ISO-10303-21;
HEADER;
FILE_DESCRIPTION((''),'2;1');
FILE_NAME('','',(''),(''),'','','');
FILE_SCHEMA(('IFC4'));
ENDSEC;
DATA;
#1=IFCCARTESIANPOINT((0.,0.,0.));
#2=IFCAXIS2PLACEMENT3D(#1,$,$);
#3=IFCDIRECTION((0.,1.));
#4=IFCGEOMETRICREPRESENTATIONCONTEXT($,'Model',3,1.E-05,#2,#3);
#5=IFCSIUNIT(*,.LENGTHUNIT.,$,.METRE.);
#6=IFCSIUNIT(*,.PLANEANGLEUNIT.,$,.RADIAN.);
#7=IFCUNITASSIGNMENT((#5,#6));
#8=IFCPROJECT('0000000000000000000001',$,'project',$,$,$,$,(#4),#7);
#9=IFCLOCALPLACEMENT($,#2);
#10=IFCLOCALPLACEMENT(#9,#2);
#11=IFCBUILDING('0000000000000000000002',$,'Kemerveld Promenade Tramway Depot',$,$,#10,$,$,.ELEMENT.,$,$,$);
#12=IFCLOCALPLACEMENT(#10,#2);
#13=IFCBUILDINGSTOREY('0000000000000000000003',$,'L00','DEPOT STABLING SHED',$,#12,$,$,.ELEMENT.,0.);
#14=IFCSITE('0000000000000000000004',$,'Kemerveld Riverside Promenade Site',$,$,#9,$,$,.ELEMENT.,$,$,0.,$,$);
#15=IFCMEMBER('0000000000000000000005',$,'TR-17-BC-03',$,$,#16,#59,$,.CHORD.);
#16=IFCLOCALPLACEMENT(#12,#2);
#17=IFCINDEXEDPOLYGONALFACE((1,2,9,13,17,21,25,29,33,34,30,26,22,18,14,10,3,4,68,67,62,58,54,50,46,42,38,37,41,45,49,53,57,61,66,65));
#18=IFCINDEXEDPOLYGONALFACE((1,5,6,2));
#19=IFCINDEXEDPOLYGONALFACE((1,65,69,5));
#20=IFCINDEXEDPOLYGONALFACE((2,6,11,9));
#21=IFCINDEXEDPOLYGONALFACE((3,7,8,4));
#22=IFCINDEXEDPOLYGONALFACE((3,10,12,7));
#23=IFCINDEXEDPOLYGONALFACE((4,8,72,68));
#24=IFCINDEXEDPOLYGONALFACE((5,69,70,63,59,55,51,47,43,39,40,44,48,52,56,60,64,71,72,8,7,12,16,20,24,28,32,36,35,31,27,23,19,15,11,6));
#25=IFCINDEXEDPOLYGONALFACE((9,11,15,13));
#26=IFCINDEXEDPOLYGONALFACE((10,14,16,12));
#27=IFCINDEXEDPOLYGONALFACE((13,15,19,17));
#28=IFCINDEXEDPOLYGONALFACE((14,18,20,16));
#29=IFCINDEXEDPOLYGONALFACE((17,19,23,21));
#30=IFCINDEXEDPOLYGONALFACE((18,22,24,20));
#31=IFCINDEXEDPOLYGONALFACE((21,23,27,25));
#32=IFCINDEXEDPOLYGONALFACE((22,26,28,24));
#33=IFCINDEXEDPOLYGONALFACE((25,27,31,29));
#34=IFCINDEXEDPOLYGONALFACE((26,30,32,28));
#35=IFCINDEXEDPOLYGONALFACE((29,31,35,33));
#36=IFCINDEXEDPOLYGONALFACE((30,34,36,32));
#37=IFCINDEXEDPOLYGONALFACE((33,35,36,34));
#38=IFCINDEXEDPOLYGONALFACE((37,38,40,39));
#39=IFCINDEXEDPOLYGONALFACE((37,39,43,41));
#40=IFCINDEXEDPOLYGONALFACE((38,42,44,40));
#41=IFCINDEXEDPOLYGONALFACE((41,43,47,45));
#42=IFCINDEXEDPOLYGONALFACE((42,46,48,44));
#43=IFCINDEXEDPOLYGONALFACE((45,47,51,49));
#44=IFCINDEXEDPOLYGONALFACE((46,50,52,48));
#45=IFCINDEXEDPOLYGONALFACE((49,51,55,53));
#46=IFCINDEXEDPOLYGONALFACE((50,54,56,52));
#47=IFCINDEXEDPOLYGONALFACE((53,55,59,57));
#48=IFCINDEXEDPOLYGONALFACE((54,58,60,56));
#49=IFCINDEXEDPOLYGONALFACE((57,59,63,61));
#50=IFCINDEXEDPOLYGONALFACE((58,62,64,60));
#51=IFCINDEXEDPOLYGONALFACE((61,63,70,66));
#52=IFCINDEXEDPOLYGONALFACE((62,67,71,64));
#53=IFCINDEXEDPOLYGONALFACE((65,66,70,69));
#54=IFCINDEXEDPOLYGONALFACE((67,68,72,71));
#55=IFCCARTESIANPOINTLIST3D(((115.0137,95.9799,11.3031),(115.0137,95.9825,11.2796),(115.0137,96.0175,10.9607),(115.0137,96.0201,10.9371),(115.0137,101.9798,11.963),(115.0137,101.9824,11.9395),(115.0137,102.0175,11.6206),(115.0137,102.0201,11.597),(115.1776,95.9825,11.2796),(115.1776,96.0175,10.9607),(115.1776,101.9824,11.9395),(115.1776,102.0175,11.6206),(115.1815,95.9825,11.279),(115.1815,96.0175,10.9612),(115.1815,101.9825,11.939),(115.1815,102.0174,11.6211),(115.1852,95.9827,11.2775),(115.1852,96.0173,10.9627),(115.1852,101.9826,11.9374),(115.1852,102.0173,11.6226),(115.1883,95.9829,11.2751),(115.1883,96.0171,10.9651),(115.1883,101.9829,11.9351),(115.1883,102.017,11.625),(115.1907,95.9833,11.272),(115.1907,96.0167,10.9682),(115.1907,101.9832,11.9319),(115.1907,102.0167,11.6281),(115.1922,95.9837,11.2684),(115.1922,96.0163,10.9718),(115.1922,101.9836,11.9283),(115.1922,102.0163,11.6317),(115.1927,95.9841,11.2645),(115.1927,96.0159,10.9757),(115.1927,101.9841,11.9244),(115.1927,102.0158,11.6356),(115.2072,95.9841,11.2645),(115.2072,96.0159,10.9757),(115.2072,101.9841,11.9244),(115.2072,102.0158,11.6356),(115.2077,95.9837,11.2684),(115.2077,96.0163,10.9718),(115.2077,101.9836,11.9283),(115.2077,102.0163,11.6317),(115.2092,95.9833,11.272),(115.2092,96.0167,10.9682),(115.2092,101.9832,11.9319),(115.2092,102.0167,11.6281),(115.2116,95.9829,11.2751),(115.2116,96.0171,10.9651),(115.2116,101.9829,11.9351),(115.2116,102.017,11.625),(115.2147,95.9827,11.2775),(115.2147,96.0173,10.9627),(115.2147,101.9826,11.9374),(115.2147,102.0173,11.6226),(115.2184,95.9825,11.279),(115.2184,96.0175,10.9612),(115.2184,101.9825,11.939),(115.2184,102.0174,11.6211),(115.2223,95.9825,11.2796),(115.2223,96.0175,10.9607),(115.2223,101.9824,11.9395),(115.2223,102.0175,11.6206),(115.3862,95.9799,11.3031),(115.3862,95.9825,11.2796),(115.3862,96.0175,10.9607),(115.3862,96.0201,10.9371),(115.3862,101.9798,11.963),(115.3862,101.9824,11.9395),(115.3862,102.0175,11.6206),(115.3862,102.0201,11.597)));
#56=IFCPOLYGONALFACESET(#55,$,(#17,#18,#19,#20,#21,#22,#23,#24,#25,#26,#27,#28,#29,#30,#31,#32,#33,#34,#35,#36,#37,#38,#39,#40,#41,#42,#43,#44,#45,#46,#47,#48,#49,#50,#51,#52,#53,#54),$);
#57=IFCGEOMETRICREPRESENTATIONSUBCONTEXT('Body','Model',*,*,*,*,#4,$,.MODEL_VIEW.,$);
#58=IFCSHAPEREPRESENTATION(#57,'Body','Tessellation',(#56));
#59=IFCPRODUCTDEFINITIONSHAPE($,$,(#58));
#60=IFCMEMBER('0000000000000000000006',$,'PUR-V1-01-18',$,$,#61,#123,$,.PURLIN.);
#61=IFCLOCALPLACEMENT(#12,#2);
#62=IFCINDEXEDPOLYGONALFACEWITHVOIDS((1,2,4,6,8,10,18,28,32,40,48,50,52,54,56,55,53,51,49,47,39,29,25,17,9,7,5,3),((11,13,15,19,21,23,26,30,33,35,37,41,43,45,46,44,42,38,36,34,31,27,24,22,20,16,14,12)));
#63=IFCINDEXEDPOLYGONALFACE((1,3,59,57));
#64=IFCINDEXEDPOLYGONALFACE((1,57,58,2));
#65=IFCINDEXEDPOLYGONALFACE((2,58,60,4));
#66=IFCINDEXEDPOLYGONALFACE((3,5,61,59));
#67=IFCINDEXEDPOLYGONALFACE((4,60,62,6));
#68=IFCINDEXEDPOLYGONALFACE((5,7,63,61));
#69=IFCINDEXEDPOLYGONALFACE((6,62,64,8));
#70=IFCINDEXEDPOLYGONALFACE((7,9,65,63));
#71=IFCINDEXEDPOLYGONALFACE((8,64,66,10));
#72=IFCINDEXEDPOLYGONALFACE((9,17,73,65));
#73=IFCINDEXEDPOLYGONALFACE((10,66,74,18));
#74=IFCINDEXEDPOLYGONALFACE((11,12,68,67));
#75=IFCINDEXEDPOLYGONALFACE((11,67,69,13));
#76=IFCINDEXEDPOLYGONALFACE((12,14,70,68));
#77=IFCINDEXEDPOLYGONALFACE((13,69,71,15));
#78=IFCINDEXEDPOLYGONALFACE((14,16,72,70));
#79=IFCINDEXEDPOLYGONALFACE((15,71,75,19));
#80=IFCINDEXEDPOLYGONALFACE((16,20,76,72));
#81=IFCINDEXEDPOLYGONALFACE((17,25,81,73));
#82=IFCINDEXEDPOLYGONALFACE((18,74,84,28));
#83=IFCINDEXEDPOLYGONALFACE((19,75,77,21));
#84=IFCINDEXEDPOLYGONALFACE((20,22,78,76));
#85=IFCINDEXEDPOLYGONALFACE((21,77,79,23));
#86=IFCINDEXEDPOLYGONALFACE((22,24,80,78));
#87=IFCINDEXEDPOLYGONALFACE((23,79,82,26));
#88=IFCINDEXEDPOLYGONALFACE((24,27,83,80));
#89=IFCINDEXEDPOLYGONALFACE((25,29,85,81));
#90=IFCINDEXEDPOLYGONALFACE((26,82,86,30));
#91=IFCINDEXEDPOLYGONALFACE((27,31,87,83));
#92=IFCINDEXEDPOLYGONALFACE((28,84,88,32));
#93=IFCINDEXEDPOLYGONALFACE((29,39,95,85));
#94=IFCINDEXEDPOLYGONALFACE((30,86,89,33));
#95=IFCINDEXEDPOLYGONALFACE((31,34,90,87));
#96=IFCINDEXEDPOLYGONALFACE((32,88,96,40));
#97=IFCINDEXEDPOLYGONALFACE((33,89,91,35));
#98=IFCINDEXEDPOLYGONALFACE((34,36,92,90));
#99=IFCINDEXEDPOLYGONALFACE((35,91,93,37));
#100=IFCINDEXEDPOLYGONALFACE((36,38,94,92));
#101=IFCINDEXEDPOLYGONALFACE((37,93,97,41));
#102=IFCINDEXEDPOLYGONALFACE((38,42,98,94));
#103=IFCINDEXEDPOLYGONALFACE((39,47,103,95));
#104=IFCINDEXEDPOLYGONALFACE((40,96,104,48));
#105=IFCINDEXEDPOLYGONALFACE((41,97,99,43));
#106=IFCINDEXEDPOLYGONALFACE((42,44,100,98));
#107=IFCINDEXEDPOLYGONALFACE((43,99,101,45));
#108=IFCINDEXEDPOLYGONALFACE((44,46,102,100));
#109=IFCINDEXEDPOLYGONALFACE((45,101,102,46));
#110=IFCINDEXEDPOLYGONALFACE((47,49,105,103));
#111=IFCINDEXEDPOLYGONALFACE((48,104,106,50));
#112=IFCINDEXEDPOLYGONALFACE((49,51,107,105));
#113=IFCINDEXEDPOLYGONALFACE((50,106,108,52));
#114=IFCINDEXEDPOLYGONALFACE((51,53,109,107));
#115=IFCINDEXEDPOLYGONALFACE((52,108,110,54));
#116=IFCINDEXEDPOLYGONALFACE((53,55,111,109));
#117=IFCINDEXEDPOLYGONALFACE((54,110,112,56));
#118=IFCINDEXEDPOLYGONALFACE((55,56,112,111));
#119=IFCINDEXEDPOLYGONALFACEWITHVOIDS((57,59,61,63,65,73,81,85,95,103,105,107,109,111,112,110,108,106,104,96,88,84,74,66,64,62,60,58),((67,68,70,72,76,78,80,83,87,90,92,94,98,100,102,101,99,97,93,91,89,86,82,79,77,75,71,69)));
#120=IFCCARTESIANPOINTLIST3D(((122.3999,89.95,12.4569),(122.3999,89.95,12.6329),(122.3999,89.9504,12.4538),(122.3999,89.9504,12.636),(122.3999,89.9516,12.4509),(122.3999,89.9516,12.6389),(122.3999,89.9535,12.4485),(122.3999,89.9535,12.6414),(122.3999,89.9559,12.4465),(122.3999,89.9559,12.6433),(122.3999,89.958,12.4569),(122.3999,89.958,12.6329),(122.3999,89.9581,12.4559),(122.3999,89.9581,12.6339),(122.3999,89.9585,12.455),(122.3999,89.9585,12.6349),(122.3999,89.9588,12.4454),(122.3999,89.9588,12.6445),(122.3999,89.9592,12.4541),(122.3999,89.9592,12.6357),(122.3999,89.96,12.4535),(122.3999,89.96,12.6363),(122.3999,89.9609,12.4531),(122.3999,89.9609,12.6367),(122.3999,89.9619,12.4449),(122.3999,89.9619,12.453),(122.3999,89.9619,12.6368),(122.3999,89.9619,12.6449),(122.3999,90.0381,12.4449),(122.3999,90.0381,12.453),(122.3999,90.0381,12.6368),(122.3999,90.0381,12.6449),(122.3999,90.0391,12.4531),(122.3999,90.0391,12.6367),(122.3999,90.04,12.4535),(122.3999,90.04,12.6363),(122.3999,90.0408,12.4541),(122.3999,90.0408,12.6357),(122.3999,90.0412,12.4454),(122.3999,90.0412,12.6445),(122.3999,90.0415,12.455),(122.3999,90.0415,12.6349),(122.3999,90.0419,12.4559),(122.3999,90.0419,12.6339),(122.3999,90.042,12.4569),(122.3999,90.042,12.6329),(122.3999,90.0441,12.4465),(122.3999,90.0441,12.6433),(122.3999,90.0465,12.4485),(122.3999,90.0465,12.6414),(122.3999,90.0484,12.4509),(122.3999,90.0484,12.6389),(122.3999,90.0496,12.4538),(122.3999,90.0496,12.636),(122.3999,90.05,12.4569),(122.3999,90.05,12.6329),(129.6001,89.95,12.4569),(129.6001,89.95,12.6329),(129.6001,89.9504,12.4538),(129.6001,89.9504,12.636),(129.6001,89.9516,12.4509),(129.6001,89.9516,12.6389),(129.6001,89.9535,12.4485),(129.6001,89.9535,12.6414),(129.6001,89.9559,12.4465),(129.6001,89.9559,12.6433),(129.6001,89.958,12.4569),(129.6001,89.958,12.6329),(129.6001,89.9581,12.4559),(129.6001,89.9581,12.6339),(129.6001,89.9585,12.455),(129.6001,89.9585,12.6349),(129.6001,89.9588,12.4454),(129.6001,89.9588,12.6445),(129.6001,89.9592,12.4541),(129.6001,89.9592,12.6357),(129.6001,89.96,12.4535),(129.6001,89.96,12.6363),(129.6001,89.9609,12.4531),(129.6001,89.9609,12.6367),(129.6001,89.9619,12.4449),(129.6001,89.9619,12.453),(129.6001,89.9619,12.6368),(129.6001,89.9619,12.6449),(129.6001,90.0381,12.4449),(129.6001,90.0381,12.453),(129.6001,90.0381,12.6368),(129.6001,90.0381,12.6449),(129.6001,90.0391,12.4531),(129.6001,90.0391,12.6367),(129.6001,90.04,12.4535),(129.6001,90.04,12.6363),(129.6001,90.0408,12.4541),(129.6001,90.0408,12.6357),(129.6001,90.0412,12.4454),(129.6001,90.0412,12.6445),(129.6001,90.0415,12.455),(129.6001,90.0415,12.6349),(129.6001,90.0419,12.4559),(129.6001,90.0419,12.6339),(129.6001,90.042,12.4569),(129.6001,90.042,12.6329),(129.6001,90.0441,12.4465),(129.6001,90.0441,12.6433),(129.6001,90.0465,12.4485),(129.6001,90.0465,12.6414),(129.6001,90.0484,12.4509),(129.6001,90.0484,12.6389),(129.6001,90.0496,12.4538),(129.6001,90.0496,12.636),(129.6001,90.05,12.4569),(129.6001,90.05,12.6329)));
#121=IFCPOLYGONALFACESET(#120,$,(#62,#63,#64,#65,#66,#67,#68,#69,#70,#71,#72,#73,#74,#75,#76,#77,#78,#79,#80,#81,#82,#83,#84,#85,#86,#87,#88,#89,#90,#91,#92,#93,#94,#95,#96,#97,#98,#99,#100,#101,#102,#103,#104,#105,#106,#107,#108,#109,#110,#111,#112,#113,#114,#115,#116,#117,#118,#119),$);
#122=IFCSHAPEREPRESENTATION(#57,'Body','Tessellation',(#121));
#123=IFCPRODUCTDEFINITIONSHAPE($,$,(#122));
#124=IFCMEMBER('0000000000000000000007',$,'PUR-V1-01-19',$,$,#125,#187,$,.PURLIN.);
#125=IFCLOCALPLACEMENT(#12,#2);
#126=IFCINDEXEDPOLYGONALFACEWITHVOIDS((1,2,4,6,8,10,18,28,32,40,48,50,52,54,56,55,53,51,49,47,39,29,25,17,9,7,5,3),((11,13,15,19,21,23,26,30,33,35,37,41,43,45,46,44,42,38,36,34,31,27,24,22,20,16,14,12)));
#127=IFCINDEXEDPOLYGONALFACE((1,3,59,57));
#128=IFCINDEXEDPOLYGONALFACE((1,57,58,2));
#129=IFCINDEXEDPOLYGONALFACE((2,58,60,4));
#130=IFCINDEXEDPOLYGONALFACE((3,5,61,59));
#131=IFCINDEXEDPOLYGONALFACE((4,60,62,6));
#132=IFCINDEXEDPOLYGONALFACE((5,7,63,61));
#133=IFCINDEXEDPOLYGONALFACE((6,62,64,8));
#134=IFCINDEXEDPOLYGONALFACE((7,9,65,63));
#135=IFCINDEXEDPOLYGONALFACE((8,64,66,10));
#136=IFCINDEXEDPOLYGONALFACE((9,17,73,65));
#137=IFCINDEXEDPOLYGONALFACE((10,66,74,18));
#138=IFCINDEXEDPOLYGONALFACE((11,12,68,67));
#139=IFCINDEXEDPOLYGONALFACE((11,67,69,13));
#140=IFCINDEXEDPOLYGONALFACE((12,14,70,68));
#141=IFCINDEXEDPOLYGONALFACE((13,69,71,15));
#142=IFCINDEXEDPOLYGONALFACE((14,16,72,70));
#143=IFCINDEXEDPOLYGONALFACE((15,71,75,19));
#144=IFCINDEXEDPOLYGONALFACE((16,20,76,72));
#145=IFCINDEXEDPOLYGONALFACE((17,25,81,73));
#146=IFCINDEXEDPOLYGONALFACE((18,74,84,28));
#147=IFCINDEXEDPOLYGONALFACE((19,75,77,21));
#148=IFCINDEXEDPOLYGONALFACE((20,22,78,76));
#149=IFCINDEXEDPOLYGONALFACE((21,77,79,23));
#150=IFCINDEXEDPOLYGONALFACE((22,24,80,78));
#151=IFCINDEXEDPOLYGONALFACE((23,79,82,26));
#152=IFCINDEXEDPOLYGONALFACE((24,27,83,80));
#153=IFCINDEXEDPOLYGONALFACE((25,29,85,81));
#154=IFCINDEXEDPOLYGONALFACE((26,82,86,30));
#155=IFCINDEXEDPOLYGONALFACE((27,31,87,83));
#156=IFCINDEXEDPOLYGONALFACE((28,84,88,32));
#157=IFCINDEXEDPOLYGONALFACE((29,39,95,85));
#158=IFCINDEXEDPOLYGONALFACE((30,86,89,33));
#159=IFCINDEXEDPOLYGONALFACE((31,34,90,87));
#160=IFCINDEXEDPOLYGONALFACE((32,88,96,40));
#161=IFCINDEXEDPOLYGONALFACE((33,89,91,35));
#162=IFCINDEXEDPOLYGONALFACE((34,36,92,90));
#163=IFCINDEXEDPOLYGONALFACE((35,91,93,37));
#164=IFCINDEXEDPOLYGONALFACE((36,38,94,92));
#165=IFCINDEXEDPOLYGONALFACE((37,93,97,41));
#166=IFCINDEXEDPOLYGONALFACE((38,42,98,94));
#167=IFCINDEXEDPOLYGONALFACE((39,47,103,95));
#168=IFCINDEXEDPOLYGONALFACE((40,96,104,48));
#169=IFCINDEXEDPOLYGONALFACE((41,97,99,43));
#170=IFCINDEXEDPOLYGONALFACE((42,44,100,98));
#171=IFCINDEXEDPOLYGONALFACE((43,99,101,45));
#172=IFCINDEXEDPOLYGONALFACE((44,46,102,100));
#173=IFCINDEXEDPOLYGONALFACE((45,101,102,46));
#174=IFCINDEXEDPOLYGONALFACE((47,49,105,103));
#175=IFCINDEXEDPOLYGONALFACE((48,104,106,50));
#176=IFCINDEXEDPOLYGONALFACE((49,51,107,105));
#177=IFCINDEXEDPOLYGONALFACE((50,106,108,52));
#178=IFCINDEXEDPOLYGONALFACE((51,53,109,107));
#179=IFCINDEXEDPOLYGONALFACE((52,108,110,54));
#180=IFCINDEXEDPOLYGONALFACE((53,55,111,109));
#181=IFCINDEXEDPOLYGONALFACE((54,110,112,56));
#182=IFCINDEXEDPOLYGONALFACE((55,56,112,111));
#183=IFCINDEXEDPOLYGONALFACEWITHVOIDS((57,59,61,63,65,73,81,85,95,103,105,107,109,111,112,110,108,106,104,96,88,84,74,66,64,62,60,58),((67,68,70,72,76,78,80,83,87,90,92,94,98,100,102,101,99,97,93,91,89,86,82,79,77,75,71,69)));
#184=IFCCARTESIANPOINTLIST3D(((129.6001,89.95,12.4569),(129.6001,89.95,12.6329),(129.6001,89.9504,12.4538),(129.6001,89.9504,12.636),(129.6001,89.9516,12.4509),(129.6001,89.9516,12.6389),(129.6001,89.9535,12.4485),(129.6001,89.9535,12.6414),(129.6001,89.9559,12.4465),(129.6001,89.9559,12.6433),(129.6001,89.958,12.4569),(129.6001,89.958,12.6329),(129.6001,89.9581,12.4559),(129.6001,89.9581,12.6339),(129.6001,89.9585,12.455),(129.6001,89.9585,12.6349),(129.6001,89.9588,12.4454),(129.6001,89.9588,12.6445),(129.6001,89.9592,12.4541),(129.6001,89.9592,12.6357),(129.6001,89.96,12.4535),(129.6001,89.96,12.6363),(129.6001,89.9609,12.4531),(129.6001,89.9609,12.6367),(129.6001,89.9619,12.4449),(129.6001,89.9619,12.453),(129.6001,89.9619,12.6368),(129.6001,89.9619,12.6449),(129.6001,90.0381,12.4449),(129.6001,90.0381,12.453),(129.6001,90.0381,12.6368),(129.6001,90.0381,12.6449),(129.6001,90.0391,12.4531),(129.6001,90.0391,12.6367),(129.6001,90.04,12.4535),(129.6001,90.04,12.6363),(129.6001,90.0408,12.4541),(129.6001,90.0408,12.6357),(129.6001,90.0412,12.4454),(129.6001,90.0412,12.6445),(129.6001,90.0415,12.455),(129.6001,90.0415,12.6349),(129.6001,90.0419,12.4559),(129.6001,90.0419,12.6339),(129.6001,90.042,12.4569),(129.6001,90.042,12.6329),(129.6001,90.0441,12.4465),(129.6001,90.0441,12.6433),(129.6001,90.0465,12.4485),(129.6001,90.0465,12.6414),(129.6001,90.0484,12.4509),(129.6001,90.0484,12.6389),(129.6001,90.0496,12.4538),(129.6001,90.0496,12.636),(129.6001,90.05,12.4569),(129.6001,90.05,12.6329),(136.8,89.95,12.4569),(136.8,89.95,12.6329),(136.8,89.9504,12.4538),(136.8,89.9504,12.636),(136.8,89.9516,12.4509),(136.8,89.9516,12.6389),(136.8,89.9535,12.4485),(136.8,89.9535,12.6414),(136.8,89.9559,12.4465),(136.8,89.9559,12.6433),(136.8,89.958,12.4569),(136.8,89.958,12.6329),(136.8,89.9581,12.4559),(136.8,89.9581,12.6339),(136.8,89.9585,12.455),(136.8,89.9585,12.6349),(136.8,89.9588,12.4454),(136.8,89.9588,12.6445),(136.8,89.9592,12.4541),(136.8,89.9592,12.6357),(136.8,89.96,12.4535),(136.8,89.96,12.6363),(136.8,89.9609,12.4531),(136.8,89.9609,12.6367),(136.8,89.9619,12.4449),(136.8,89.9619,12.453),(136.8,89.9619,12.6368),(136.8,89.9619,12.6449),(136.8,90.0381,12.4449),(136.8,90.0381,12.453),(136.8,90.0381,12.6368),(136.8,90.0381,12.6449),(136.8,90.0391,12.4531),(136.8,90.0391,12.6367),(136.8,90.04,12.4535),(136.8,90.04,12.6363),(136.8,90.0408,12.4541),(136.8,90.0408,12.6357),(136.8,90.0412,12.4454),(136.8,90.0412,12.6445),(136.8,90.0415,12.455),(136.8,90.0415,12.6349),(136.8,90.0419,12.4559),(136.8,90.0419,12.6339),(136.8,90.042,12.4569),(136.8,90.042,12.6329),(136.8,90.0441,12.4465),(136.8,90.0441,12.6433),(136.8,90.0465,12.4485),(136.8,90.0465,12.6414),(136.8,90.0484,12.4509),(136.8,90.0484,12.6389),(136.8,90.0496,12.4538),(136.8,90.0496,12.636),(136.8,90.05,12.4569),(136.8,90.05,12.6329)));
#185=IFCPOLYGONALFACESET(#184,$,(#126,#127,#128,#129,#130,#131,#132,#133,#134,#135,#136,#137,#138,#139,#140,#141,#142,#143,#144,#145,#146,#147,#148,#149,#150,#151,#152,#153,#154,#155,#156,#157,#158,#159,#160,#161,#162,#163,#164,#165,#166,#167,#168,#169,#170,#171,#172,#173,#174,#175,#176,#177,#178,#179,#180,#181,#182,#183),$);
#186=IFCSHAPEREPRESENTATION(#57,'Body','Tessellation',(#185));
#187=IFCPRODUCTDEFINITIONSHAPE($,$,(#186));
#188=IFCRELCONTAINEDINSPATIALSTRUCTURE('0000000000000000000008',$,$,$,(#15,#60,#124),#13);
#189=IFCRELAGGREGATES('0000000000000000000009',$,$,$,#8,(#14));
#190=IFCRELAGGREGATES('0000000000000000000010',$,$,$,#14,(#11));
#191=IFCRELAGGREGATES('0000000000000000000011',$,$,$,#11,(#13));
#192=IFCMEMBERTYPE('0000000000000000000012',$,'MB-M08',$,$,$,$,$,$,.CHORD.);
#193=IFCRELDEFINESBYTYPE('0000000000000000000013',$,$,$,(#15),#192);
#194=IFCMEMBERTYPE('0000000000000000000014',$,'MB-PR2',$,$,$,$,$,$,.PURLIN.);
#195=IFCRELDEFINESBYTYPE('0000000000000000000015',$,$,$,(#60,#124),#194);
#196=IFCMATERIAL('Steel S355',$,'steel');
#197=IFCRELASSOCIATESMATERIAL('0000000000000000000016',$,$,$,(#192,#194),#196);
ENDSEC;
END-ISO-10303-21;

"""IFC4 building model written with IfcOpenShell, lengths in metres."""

from ifc_helpers import new_model, si_unit, direction, frame, origin, origin_2d, place, context, subcontext, project, spatial, hollow_rectangle, i_section, extrude, material, material_profile, profile_set, type_object, element, save


model = new_model("IFC4")

# Units and contexts
model_context = context("Model", 3, precision=1e-05, world=origin(), true_north=direction((0.0, 1.0)))
body_context = subcontext(model_context, "Body", "Model", "MODEL_VIEW")
ifc_project = project(units=[si_unit("LENGTHUNIT", "METRE"), si_unit("PLANEANGLEUNIT", "RADIAN")], contexts=[model_context])

# Site, building, storey
site_placement = place(None, origin())
site = spatial("IfcSite", under=ifc_project, at=site_placement, Name="Kemerveld Riverside Promenade Site", CompositionType="ELEMENT", RefElevation=0.0)
building_placement = place(site_placement, origin())
building = spatial("IfcBuilding", under=site, at=building_placement, Name="Kemerveld Promenade Tramway Depot", CompositionType="ELEMENT")
storey_placement = place(building_placement, origin())
storey = spatial("IfcBuildingStorey", under=building, at=storey_placement, Name="L00", Description="DEPOT STABLING SHED", CompositionType="ELEMENT", Elevation=0.0)

# Members
ifc_material_1 = material(Name="Steel S355", Category="steel")
ifc_material_profile_1 = material_profile(ifc_material_1, i_section(OverallWidth=0.3726, OverallDepth=0.3682, WebThickness=0.0144, FlangeThickness=0.0237, FilletRadius=0.0151, at=origin_2d()), Name="356x368x177 UC")
ifc_profile_set_1 = profile_set([ifc_material_profile_1], Name="Steel S355")
member_type_1 = type_object("IfcMemberType", Name="MB-M08", PredefinedType="CHORD", material=ifc_profile_set_1)
member_1_placement = place(storey_placement, frame((115.2, 96.0, 11.1201), z_axis=(0.0, 0.994006, 0.109326), x_axis=(-1.0, 0.0, 0.0)))
element("IfcMember", 1, at=member_1_placement, inside=storey, type_object=member_type_1, Name="TR-17-BC-03", PredefinedType="CHORD", context=body_context, shape_type="SweptSolid", body=[
    extrude(i_section(OverallWidth=0.3726, OverallDepth=0.3682, WebThickness=0.0144, FlangeThickness=0.0237, FilletRadius=0.0151, at=origin_2d()), origin(), (0.0, 0.0, 1.0), 6.0361),
])
ifc_material_profile_2 = material_profile(ifc_material_1, hollow_rectangle(XDim=0.1001, YDim=0.2, WallThickness=0.0081, InnerFilletRadius=0.0039, OuterFilletRadius=0.012, at=origin_2d()), Name="200x100x8.0 RHS")
ifc_profile_set_2 = profile_set([ifc_material_profile_2], Name="Steel S355")
member_type_2 = type_object("IfcMemberType", Name="MB-PR2", PredefinedType="PURLIN", material=ifc_profile_set_2)
member_2_placement = place(storey_placement, frame((122.3999, 90.0, 12.5449), z_axis=(1.0, 0.0, 0.0), x_axis=(0.0, 1.0, 0.0)))
element("IfcMember", 2, at=member_2_placement, inside=storey, type_object=member_type_2, Name="PUR-V1-01-18", PredefinedType="PURLIN", context=body_context, shape_type="SweptSolid", body=[
    extrude(hollow_rectangle(XDim=0.1001, YDim=0.2, WallThickness=0.0081, InnerFilletRadius=0.0039, OuterFilletRadius=0.012, at=origin_2d()), origin(), (0.0, 0.0, 1.0), 7.2002),
])
member_3_placement = place(storey_placement, frame((129.6001, 90.0, 12.5449), z_axis=(1.0, 0.0, 0.0), x_axis=(0.0, 1.0, 0.0)))
element("IfcMember", 3, at=member_3_placement, inside=storey, type_object=member_type_2, Name="PUR-V1-01-19", PredefinedType="PURLIN", context=body_context, shape_type="SweptSolid", body=[
    extrude(hollow_rectangle(XDim=0.1001, YDim=0.2, WallThickness=0.0081, InnerFilletRadius=0.0039, OuterFilletRadius=0.012, at=origin_2d()), origin(), (0.0, 0.0, 1.0), 7.2),
])

save(model, "model.ifc")
